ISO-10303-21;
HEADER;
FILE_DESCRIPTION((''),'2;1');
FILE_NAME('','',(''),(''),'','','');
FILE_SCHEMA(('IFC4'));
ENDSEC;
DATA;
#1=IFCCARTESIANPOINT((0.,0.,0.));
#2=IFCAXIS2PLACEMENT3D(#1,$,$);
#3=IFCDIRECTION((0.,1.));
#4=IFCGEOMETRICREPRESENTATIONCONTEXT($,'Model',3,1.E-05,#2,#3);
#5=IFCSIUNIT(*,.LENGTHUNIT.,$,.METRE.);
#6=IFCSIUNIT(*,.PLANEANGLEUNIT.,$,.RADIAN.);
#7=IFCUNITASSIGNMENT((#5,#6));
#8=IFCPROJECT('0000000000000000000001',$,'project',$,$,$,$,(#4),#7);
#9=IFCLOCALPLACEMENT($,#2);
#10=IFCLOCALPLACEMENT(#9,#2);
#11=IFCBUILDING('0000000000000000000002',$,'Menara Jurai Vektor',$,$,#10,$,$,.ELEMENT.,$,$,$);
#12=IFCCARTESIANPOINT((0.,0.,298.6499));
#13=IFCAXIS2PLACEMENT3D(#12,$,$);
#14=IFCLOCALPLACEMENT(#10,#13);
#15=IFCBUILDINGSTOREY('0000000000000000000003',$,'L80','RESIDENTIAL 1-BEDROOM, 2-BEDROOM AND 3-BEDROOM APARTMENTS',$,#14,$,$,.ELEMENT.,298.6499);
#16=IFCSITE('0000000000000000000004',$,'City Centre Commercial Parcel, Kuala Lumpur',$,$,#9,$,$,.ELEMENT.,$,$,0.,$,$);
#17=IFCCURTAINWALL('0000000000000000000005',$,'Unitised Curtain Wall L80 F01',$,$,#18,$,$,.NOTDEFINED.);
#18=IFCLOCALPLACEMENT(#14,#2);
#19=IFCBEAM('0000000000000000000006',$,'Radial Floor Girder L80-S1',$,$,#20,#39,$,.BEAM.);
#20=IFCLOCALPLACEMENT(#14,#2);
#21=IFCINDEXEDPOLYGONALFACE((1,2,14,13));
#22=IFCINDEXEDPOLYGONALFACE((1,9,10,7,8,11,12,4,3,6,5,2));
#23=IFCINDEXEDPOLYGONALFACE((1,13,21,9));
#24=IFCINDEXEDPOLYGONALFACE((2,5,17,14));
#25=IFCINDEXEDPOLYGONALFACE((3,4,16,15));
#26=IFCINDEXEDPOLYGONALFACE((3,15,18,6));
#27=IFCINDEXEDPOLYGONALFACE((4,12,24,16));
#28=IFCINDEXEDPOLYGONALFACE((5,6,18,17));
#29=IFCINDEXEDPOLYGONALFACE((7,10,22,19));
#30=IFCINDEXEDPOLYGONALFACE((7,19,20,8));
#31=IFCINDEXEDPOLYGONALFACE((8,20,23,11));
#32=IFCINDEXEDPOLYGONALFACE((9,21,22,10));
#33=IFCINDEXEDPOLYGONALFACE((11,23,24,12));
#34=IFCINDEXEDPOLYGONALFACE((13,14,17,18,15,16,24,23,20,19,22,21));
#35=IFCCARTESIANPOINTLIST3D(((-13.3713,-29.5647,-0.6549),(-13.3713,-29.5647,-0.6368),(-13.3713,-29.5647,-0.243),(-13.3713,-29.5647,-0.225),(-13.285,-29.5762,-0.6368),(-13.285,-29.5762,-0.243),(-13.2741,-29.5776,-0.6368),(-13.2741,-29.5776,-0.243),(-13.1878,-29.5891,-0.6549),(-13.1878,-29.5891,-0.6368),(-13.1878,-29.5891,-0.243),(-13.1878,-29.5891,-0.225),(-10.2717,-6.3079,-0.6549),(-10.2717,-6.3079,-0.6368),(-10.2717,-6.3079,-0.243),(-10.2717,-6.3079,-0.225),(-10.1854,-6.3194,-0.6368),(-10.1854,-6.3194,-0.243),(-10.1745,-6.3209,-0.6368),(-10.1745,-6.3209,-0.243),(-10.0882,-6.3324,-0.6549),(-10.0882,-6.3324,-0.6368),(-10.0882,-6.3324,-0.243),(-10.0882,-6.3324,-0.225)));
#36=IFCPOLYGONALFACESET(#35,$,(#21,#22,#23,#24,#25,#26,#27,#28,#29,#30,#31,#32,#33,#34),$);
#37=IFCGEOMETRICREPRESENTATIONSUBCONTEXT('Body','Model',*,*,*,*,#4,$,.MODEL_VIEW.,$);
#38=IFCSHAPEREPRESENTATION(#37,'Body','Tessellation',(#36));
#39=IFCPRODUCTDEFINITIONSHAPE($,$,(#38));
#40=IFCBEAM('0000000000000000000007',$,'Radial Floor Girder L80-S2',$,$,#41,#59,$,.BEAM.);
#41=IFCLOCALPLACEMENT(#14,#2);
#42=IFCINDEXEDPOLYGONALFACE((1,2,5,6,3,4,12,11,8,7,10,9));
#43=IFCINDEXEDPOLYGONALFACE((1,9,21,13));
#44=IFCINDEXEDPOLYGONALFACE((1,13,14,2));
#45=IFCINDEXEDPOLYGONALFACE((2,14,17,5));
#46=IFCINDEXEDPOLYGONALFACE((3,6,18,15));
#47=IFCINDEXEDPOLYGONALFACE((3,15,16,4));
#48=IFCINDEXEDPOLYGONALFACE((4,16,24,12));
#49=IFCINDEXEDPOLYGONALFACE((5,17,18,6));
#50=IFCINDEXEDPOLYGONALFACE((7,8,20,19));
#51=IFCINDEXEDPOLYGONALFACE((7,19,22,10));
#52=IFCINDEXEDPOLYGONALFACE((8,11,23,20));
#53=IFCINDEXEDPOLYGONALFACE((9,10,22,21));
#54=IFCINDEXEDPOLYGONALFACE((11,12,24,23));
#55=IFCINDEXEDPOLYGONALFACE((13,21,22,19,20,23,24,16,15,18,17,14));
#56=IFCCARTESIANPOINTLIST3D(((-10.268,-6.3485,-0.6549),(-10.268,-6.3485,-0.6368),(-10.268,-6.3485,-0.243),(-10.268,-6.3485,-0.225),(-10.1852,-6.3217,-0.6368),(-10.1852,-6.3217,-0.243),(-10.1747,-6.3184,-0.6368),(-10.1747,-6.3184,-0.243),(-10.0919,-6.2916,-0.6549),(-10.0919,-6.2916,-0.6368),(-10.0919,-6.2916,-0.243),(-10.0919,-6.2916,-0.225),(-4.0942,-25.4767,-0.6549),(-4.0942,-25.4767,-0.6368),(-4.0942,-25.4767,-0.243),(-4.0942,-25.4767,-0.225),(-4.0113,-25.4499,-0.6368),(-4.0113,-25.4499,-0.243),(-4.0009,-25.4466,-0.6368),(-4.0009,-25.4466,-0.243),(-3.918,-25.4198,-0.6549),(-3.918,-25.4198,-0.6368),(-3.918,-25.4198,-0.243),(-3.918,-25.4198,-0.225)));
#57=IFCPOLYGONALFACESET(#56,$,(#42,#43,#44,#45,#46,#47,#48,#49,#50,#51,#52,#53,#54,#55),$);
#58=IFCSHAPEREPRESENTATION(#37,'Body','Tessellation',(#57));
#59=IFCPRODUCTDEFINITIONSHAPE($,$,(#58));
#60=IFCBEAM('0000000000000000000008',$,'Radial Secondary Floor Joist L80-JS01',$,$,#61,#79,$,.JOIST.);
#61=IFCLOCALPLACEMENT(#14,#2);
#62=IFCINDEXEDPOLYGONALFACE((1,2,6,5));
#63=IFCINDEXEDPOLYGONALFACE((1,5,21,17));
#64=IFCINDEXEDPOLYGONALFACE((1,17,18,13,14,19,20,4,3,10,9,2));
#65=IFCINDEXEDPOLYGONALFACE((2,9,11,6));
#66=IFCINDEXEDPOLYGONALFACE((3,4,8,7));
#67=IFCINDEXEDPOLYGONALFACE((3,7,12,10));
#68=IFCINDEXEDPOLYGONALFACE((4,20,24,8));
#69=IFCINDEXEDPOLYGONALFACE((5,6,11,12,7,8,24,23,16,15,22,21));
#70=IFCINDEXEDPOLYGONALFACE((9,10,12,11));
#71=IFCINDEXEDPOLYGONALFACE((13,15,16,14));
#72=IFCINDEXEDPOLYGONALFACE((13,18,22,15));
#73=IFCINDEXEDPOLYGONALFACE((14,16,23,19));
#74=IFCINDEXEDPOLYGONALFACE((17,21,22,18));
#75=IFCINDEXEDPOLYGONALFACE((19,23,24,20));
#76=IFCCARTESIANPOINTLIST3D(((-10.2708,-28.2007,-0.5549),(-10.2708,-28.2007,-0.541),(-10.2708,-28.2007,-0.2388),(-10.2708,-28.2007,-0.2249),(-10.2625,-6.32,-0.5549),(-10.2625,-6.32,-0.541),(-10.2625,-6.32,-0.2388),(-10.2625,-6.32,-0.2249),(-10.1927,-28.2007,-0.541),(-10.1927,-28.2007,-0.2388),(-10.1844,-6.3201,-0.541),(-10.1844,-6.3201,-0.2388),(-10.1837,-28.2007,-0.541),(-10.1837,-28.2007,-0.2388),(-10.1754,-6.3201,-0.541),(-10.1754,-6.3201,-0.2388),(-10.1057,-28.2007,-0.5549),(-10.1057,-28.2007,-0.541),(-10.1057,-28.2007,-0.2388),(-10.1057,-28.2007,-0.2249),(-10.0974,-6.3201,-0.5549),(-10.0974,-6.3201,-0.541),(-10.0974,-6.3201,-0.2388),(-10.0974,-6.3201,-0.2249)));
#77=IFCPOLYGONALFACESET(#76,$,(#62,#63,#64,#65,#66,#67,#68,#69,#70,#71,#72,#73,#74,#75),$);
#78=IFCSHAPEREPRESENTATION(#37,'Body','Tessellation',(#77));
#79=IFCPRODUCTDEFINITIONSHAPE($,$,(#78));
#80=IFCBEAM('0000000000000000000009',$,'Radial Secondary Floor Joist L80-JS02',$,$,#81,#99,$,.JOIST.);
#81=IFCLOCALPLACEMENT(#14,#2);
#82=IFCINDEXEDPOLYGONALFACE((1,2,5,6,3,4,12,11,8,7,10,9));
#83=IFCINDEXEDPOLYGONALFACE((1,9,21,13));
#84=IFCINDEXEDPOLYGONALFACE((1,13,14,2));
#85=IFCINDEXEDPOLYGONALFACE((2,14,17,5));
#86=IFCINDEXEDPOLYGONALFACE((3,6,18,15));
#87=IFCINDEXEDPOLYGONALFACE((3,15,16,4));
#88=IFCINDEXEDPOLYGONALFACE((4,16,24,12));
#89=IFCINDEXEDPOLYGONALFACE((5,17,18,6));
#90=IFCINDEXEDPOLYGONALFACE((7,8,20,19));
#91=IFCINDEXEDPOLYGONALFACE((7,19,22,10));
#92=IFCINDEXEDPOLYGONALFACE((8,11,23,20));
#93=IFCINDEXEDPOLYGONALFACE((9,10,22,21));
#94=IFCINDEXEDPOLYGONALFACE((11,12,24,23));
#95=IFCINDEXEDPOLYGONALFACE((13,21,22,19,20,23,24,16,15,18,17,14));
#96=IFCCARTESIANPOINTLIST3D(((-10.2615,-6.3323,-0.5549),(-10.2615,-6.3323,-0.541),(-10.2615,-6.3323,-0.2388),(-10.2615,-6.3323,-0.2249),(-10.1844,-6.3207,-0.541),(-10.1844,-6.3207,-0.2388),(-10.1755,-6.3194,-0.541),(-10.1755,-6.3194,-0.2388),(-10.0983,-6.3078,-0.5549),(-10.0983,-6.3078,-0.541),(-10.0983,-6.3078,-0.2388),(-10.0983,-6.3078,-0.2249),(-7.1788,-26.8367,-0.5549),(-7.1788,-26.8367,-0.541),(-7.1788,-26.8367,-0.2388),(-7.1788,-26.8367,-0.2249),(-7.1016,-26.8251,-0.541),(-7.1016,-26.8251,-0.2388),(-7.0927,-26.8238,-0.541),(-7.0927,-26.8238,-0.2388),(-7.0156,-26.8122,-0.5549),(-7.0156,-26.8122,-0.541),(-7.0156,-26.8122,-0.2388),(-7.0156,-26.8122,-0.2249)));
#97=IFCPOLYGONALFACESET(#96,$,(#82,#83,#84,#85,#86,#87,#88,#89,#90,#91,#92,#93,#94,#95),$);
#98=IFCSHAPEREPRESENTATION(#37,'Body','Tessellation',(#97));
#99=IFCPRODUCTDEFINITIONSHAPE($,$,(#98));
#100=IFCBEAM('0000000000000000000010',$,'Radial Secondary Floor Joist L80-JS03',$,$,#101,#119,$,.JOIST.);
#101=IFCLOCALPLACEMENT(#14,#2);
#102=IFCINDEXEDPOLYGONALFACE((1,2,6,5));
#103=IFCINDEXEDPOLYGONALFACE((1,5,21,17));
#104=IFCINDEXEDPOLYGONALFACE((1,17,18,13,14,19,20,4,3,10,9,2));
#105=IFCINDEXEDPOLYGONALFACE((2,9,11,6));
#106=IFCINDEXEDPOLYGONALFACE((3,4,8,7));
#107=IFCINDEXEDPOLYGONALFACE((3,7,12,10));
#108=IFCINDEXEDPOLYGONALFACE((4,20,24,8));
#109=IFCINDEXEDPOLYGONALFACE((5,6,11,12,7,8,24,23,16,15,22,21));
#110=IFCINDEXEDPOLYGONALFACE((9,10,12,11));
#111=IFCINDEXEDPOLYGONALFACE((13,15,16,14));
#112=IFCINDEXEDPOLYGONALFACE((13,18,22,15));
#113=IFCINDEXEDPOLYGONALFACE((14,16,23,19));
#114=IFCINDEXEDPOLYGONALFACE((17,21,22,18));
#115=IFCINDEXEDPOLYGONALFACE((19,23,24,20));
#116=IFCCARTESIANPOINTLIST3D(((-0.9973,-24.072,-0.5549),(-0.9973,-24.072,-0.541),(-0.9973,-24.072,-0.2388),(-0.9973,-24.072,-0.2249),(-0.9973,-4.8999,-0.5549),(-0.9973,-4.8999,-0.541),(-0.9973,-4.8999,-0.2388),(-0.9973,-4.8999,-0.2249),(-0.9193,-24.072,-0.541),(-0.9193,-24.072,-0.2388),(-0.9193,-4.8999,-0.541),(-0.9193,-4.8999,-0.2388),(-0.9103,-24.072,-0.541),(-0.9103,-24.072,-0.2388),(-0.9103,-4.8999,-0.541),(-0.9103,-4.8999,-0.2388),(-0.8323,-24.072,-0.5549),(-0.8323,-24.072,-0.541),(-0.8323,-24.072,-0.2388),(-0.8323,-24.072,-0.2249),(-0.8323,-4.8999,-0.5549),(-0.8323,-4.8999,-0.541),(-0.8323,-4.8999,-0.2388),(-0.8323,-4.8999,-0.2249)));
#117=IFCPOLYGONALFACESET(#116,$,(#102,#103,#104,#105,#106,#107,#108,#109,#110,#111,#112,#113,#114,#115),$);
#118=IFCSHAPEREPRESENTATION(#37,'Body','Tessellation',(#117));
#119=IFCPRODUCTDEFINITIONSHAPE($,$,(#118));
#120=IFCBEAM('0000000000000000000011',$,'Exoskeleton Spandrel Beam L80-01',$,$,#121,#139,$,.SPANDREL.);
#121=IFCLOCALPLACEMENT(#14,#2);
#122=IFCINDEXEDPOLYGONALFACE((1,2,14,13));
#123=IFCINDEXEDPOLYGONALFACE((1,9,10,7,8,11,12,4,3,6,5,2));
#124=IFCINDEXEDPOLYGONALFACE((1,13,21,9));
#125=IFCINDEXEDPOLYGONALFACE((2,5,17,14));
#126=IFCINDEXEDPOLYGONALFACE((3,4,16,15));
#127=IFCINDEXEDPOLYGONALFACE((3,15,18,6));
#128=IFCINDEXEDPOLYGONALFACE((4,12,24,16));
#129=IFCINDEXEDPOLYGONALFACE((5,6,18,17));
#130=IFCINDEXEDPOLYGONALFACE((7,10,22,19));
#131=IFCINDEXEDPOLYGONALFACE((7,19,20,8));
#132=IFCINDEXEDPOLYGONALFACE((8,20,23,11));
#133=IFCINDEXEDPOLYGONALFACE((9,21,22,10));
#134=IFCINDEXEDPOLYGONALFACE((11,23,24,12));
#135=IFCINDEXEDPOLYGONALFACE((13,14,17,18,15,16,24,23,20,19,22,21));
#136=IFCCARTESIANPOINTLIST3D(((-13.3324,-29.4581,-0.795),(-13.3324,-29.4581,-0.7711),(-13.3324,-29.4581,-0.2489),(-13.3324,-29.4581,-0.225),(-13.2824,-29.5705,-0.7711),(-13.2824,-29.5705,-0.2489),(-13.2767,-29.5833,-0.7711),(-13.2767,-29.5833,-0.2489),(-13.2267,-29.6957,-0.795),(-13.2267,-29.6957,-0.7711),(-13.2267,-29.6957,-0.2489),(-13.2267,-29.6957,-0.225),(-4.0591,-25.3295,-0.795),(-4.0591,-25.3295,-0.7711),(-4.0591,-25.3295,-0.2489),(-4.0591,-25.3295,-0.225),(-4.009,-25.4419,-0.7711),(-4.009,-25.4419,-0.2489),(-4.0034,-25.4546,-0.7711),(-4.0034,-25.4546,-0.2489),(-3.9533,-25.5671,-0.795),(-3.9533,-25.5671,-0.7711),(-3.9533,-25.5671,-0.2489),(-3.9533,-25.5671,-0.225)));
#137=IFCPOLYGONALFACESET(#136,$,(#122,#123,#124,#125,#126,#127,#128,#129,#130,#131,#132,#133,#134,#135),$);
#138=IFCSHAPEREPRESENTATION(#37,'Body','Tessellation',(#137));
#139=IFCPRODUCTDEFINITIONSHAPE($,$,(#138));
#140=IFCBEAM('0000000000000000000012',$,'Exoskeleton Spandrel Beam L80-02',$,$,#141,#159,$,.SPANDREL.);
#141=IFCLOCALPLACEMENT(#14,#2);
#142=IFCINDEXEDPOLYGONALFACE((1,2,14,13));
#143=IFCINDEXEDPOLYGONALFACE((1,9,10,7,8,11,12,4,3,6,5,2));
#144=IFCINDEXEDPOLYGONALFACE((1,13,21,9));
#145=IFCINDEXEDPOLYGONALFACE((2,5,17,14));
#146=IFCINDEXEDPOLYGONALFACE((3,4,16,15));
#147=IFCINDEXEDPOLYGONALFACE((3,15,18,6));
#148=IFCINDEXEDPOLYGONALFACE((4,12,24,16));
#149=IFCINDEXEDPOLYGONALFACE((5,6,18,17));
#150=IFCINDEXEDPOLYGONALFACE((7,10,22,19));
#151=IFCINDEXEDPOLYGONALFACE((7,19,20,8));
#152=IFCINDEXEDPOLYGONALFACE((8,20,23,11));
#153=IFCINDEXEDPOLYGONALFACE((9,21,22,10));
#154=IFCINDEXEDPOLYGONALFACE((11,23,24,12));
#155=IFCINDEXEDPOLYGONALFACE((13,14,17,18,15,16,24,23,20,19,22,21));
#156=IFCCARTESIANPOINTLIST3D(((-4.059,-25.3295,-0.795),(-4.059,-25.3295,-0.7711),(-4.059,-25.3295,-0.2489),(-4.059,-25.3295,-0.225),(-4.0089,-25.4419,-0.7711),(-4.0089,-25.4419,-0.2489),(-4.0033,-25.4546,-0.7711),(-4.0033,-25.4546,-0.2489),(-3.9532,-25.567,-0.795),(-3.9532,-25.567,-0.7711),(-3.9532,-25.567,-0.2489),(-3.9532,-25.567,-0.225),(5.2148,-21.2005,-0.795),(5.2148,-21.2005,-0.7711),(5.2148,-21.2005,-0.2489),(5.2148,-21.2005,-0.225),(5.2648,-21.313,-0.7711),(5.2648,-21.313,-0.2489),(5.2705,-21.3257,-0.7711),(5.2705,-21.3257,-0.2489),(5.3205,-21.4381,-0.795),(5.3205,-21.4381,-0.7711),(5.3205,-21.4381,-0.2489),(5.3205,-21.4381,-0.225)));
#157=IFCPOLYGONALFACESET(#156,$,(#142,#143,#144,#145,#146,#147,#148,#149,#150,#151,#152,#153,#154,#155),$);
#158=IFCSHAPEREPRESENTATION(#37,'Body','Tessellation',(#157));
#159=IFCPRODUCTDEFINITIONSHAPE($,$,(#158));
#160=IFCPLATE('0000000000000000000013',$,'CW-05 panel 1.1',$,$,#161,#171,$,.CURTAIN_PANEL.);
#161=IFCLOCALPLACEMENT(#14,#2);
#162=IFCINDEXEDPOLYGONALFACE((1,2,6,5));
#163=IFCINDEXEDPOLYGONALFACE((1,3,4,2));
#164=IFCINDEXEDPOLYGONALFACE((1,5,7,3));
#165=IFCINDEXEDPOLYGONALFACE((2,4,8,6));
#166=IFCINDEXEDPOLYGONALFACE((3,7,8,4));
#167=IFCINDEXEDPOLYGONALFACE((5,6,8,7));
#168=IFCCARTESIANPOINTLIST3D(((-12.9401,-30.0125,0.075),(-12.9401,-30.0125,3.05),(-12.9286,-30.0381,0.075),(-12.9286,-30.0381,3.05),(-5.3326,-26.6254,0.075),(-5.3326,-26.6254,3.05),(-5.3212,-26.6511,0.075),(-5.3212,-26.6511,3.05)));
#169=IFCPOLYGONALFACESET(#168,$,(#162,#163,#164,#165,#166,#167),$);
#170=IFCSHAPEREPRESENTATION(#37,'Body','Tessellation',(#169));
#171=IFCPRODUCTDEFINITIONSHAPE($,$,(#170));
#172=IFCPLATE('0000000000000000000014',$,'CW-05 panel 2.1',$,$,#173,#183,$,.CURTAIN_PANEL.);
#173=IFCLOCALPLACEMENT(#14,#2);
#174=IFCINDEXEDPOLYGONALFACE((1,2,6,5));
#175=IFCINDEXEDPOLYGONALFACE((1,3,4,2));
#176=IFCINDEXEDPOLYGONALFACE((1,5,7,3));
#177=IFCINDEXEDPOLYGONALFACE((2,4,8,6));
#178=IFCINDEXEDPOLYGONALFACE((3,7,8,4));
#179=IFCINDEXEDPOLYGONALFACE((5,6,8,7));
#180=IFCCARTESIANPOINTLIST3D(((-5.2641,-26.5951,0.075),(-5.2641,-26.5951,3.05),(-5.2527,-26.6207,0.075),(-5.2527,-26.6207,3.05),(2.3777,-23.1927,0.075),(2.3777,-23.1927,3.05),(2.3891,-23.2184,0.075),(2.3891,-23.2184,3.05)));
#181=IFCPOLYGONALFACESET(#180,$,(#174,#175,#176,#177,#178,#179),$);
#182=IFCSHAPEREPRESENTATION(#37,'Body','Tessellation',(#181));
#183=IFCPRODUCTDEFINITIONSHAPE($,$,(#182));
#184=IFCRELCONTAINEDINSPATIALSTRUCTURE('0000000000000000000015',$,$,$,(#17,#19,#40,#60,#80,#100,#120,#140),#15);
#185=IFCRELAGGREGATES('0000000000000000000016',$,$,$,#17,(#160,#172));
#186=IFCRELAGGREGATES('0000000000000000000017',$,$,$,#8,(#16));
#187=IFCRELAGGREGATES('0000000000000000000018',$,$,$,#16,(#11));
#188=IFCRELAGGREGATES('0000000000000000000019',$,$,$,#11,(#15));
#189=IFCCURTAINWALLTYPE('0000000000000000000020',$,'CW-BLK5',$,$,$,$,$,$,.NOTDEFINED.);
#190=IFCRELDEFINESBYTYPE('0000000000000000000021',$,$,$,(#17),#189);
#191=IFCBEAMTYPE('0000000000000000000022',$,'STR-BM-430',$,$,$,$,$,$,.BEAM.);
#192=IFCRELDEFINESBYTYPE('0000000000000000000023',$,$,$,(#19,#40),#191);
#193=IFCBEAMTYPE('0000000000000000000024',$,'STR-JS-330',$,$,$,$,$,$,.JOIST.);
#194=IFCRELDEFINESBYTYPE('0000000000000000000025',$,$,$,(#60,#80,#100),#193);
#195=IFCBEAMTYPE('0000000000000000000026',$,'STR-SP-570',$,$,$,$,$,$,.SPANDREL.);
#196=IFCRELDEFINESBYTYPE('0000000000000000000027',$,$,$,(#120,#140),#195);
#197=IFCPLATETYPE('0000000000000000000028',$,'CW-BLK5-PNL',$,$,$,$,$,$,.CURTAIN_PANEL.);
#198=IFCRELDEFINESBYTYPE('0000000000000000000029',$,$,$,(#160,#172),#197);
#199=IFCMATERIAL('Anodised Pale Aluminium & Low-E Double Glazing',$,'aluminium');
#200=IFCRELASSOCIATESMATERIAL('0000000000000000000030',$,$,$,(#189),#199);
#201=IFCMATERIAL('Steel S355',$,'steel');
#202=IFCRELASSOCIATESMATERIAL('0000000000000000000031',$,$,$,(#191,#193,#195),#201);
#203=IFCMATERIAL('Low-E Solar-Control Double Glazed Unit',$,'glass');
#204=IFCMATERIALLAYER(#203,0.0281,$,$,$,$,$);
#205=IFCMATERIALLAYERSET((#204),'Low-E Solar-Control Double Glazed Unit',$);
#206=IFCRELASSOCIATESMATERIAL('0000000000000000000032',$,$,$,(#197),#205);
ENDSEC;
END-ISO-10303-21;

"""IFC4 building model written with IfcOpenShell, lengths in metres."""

from ifc_helpers import new_model, si_unit, direction, frame, origin, origin_2d, place, context, subcontext, project, spatial, rectangle, i_section, extrude, material, layer, layer_set, material_profile, profile_set, type_object, element, aggregate, save


model = new_model("IFC4")

# Units and contexts
model_context = context("Model", 3, precision=1e-05, world=origin(), true_north=direction((0.0, 1.0)))
body_context = subcontext(model_context, "Body", "Model", "MODEL_VIEW")
ifc_project = project(units=[si_unit("LENGTHUNIT", "METRE"), si_unit("PLANEANGLEUNIT", "RADIAN")], contexts=[model_context])

# Site, building, storey
site_placement = place(None, origin())
site = spatial("IfcSite", under=ifc_project, at=site_placement, Name="City Centre Commercial Parcel, Kuala Lumpur", CompositionType="ELEMENT", RefElevation=0.0)
building_placement = place(site_placement, origin())
building = spatial("IfcBuilding", under=site, at=building_placement, Name="Menara Jurai Vektor", CompositionType="ELEMENT")
storey_placement = place(building_placement, frame((0.0, 0.0, 298.6499)))
storey = spatial("IfcBuildingStorey", under=building, at=storey_placement, Name="L80", Description="RESIDENTIAL 1-BEDROOM, 2-BEDROOM AND 3-BEDROOM APARTMENTS", CompositionType="ELEMENT", Elevation=298.6499)

# Curtain wall
ifc_material_1 = material(Name="Anodised Pale Aluminium & Low-E Double Glazing", Category="aluminium")
curtain_wall_type = type_object("IfcCurtainWallType", Name="CW-BLK5", PredefinedType="NOTDEFINED", material=ifc_material_1)
curtain_wall_1_placement = place(storey_placement, origin())
curtain_wall_1 = element("IfcCurtainWall", 1, at=curtain_wall_1_placement, inside=storey, type_object=curtain_wall_type, Name="Unitised Curtain Wall L80 F01", PredefinedType="NOTDEFINED")

# Beams
ifc_material_2 = material(Name="Steel S355", Category="steel")
ifc_material_profile_1 = material_profile(ifc_material_2, i_section(OverallWidth=0.1851, OverallDepth=0.4299, WebThickness=0.011, FlangeThickness=0.0181, at=origin_2d()), Name="PG 430x185x76")
ifc_profile_set_1 = profile_set([ifc_material_profile_1], Name="Steel S355")
beam_type_1 = type_object("IfcBeamType", Name="STR-BM-430", PredefinedType="BEAM", material=ifc_profile_set_1)
beam_1_placement = place(storey_placement, frame((-13.2795, -29.5769, -0.4399), z_axis=(0.132109, 0.991235, 0.0), x_axis=(-0.991235, 0.132109, 0.0)))
element("IfcBeam", 2, at=beam_1_placement, inside=storey, type_object=beam_type_1, Name="Radial Floor Girder L80-S1", PredefinedType="BEAM", context=body_context, shape_type="SweptSolid", body=[
    extrude(i_section(OverallWidth=0.1851, OverallDepth=0.4299, WebThickness=0.011, FlangeThickness=0.0181, at=origin_2d()), origin(), (0.0, 0.0, 1.0), 23.4624),
])
beam_2_placement = place(storey_placement, frame((-4.0061, -25.4482, -0.4399), z_axis=(-0.307158, 0.951658, 0.0), x_axis=(-0.951658, -0.307158, 0.0)))
element("IfcBeam", 3, at=beam_2_placement, inside=storey, type_object=beam_type_1, Name="Radial Floor Girder L80-S2", PredefinedType="BEAM", context=body_context, shape_type="SweptSolid", body=[
    extrude(i_section(OverallWidth=0.1851, OverallDepth=0.4299, WebThickness=0.011, FlangeThickness=0.0181, at=origin_2d()), origin(), (0.0, 0.0, 1.0), 20.0999),
])
ifc_material_profile_2 = material_profile(ifc_material_2, i_section(OverallWidth=0.165, OverallDepth=0.3301, WebThickness=0.009, FlangeThickness=0.0139, at=origin_2d()), Name="PG 330x165x46")
ifc_profile_set_2 = profile_set([ifc_material_profile_2], Name="Steel S355")
beam_type_2 = type_object("IfcBeamType", Name="STR-JS-330", PredefinedType="JOIST", material=ifc_profile_set_2)
beam_3_placement = place(storey_placement, frame((-10.1882, -28.2007, -0.3899), z_axis=(0.000379, 1.0, 0.0), x_axis=(-1.0, 0.000379, 0.0)))
element("IfcBeam", 4, at=beam_3_placement, inside=storey, type_object=beam_type_2, Name="Radial Secondary Floor Joist L80-JS01", PredefinedType="JOIST", context=body_context, shape_type="SweptSolid", body=[
    extrude(i_section(OverallWidth=0.165, OverallDepth=0.3301, WebThickness=0.009, FlangeThickness=0.0139, at=origin_2d()), origin(), (0.0, 0.0, 1.0), 21.8806),
])
beam_4_placement = place(storey_placement, frame((-7.0972, -26.8245, -0.3899), z_axis=(-0.148676, 0.988886, 0.0), x_axis=(-0.988886, -0.148676, 0.0)))
element("IfcBeam", 5, at=beam_4_placement, inside=storey, type_object=beam_type_2, Name="Radial Secondary Floor Joist L80-JS02", PredefinedType="JOIST", context=body_context, shape_type="SweptSolid", body=[
    extrude(i_section(OverallWidth=0.165, OverallDepth=0.3301, WebThickness=0.009, FlangeThickness=0.0139, at=origin_2d()), origin(), (0.0, 0.0, 1.0), 20.7349),
])
beam_5_placement = place(storey_placement, frame((-0.9148, -24.072, -0.3899), z_axis=(0.0, 1.0, 0.0), x_axis=(-1.0, 0.0, 0.0)))
element("IfcBeam", 6, at=beam_5_placement, inside=storey, type_object=beam_type_2, Name="Radial Secondary Floor Joist L80-JS03", PredefinedType="JOIST", context=body_context, shape_type="SweptSolid", body=[
    extrude(i_section(OverallWidth=0.165, OverallDepth=0.3301, WebThickness=0.009, FlangeThickness=0.0139, at=origin_2d()), origin(), (0.0, 0.0, 1.0), 19.1721),
])
ifc_material_profile_3 = material_profile(ifc_material_2, i_section(OverallWidth=0.26, OverallDepth=0.5701, WebThickness=0.0139, FlangeThickness=0.0239, at=origin_2d()), Name="PG 570x260x145")
ifc_profile_set_3 = profile_set([ifc_material_profile_3], Name="Steel S355")
beam_type_3 = type_object("IfcBeamType", Name="STR-SP-570", PredefinedType="SPANDREL", material=ifc_profile_set_3)
beam_6_placement = place(storey_placement, frame((-13.2795, -29.5769, -0.51), z_axis=(0.913551, 0.406725, 0.0), x_axis=(-0.406725, 0.913551, 0.0)))
element("IfcBeam", 7, at=beam_6_placement, inside=storey, type_object=beam_type_3, Name="Exoskeleton Spandrel Beam L80-01", PredefinedType="SPANDREL", context=body_context, shape_type="SweptSolid", body=[
    extrude(i_section(OverallWidth=0.26, OverallDepth=0.5701, WebThickness=0.0139, FlangeThickness=0.0239, at=origin_2d()), origin(), (0.0, 0.0, 1.0), 10.1509),
])
beam_7_placement = place(storey_placement, frame((-4.0061, -25.4482, -0.51), z_axis=(0.913546, 0.406736, 0.0), x_axis=(-0.406736, 0.913546, 0.0)))
element("IfcBeam", 8, at=beam_7_placement, inside=storey, type_object=beam_type_3, Name="Exoskeleton Spandrel Beam L80-02", PredefinedType="SPANDREL", context=body_context, shape_type="SweptSolid", body=[
    extrude(i_section(OverallWidth=0.26, OverallDepth=0.5701, WebThickness=0.0139, FlangeThickness=0.0239, at=origin_2d()), origin(), (0.0, 0.0, 1.0), 10.1514),
])

# Plates
ifc_material_3 = material(Name="Low-E Solar-Control Double Glazed Unit", Category="glass")
ifc_layer_1 = layer(ifc_material_3, 0.0281)
ifc_layer_set_1 = layer_set([ifc_layer_1], Name="Low-E Solar-Control Double Glazed Unit")
plate_type_1 = type_object("IfcPlateType", Name="CW-BLK5-PNL", PredefinedType="CURTAIN_PANEL", material=ifc_layer_set_1)
plate_1_placement = place(storey_placement, frame((-9.1306, -28.3318, 0.075), z_axis=(0.0, 0.0, 1.0), x_axis=(0.913546, 0.406735, 0.0)))
plate_1 = element("IfcPlate", 9, at=plate_1_placement, type_object=plate_type_1, Name="CW-05 panel 1.1", PredefinedType="CURTAIN_PANEL", context=body_context, shape_type="SweptSolid", body=[
    extrude(rectangle(XDim=8.3274, YDim=0.0281, at=origin_2d()), origin(), (0.0, 0.0, 1.0), 2.9751),
])
plate_2_placement = place(storey_placement, frame((-1.4375, -24.9067, 0.075), z_axis=(0.0, 0.0, 1.0), x_axis=(0.913546, 0.406735, 0.0)))
plate_2 = element("IfcPlate", 10, at=plate_2_placement, type_object=plate_type_1, Name="CW-05 panel 2.1", PredefinedType="CURTAIN_PANEL", context=body_context, shape_type="SweptSolid", body=[
    extrude(rectangle(XDim=8.365, YDim=0.0281, at=origin_2d()), origin(), (0.0, 0.0, 1.0), 2.9751),
])
aggregate(curtain_wall_1, [plate_1, plate_2])

save(model, "model.ifc")
